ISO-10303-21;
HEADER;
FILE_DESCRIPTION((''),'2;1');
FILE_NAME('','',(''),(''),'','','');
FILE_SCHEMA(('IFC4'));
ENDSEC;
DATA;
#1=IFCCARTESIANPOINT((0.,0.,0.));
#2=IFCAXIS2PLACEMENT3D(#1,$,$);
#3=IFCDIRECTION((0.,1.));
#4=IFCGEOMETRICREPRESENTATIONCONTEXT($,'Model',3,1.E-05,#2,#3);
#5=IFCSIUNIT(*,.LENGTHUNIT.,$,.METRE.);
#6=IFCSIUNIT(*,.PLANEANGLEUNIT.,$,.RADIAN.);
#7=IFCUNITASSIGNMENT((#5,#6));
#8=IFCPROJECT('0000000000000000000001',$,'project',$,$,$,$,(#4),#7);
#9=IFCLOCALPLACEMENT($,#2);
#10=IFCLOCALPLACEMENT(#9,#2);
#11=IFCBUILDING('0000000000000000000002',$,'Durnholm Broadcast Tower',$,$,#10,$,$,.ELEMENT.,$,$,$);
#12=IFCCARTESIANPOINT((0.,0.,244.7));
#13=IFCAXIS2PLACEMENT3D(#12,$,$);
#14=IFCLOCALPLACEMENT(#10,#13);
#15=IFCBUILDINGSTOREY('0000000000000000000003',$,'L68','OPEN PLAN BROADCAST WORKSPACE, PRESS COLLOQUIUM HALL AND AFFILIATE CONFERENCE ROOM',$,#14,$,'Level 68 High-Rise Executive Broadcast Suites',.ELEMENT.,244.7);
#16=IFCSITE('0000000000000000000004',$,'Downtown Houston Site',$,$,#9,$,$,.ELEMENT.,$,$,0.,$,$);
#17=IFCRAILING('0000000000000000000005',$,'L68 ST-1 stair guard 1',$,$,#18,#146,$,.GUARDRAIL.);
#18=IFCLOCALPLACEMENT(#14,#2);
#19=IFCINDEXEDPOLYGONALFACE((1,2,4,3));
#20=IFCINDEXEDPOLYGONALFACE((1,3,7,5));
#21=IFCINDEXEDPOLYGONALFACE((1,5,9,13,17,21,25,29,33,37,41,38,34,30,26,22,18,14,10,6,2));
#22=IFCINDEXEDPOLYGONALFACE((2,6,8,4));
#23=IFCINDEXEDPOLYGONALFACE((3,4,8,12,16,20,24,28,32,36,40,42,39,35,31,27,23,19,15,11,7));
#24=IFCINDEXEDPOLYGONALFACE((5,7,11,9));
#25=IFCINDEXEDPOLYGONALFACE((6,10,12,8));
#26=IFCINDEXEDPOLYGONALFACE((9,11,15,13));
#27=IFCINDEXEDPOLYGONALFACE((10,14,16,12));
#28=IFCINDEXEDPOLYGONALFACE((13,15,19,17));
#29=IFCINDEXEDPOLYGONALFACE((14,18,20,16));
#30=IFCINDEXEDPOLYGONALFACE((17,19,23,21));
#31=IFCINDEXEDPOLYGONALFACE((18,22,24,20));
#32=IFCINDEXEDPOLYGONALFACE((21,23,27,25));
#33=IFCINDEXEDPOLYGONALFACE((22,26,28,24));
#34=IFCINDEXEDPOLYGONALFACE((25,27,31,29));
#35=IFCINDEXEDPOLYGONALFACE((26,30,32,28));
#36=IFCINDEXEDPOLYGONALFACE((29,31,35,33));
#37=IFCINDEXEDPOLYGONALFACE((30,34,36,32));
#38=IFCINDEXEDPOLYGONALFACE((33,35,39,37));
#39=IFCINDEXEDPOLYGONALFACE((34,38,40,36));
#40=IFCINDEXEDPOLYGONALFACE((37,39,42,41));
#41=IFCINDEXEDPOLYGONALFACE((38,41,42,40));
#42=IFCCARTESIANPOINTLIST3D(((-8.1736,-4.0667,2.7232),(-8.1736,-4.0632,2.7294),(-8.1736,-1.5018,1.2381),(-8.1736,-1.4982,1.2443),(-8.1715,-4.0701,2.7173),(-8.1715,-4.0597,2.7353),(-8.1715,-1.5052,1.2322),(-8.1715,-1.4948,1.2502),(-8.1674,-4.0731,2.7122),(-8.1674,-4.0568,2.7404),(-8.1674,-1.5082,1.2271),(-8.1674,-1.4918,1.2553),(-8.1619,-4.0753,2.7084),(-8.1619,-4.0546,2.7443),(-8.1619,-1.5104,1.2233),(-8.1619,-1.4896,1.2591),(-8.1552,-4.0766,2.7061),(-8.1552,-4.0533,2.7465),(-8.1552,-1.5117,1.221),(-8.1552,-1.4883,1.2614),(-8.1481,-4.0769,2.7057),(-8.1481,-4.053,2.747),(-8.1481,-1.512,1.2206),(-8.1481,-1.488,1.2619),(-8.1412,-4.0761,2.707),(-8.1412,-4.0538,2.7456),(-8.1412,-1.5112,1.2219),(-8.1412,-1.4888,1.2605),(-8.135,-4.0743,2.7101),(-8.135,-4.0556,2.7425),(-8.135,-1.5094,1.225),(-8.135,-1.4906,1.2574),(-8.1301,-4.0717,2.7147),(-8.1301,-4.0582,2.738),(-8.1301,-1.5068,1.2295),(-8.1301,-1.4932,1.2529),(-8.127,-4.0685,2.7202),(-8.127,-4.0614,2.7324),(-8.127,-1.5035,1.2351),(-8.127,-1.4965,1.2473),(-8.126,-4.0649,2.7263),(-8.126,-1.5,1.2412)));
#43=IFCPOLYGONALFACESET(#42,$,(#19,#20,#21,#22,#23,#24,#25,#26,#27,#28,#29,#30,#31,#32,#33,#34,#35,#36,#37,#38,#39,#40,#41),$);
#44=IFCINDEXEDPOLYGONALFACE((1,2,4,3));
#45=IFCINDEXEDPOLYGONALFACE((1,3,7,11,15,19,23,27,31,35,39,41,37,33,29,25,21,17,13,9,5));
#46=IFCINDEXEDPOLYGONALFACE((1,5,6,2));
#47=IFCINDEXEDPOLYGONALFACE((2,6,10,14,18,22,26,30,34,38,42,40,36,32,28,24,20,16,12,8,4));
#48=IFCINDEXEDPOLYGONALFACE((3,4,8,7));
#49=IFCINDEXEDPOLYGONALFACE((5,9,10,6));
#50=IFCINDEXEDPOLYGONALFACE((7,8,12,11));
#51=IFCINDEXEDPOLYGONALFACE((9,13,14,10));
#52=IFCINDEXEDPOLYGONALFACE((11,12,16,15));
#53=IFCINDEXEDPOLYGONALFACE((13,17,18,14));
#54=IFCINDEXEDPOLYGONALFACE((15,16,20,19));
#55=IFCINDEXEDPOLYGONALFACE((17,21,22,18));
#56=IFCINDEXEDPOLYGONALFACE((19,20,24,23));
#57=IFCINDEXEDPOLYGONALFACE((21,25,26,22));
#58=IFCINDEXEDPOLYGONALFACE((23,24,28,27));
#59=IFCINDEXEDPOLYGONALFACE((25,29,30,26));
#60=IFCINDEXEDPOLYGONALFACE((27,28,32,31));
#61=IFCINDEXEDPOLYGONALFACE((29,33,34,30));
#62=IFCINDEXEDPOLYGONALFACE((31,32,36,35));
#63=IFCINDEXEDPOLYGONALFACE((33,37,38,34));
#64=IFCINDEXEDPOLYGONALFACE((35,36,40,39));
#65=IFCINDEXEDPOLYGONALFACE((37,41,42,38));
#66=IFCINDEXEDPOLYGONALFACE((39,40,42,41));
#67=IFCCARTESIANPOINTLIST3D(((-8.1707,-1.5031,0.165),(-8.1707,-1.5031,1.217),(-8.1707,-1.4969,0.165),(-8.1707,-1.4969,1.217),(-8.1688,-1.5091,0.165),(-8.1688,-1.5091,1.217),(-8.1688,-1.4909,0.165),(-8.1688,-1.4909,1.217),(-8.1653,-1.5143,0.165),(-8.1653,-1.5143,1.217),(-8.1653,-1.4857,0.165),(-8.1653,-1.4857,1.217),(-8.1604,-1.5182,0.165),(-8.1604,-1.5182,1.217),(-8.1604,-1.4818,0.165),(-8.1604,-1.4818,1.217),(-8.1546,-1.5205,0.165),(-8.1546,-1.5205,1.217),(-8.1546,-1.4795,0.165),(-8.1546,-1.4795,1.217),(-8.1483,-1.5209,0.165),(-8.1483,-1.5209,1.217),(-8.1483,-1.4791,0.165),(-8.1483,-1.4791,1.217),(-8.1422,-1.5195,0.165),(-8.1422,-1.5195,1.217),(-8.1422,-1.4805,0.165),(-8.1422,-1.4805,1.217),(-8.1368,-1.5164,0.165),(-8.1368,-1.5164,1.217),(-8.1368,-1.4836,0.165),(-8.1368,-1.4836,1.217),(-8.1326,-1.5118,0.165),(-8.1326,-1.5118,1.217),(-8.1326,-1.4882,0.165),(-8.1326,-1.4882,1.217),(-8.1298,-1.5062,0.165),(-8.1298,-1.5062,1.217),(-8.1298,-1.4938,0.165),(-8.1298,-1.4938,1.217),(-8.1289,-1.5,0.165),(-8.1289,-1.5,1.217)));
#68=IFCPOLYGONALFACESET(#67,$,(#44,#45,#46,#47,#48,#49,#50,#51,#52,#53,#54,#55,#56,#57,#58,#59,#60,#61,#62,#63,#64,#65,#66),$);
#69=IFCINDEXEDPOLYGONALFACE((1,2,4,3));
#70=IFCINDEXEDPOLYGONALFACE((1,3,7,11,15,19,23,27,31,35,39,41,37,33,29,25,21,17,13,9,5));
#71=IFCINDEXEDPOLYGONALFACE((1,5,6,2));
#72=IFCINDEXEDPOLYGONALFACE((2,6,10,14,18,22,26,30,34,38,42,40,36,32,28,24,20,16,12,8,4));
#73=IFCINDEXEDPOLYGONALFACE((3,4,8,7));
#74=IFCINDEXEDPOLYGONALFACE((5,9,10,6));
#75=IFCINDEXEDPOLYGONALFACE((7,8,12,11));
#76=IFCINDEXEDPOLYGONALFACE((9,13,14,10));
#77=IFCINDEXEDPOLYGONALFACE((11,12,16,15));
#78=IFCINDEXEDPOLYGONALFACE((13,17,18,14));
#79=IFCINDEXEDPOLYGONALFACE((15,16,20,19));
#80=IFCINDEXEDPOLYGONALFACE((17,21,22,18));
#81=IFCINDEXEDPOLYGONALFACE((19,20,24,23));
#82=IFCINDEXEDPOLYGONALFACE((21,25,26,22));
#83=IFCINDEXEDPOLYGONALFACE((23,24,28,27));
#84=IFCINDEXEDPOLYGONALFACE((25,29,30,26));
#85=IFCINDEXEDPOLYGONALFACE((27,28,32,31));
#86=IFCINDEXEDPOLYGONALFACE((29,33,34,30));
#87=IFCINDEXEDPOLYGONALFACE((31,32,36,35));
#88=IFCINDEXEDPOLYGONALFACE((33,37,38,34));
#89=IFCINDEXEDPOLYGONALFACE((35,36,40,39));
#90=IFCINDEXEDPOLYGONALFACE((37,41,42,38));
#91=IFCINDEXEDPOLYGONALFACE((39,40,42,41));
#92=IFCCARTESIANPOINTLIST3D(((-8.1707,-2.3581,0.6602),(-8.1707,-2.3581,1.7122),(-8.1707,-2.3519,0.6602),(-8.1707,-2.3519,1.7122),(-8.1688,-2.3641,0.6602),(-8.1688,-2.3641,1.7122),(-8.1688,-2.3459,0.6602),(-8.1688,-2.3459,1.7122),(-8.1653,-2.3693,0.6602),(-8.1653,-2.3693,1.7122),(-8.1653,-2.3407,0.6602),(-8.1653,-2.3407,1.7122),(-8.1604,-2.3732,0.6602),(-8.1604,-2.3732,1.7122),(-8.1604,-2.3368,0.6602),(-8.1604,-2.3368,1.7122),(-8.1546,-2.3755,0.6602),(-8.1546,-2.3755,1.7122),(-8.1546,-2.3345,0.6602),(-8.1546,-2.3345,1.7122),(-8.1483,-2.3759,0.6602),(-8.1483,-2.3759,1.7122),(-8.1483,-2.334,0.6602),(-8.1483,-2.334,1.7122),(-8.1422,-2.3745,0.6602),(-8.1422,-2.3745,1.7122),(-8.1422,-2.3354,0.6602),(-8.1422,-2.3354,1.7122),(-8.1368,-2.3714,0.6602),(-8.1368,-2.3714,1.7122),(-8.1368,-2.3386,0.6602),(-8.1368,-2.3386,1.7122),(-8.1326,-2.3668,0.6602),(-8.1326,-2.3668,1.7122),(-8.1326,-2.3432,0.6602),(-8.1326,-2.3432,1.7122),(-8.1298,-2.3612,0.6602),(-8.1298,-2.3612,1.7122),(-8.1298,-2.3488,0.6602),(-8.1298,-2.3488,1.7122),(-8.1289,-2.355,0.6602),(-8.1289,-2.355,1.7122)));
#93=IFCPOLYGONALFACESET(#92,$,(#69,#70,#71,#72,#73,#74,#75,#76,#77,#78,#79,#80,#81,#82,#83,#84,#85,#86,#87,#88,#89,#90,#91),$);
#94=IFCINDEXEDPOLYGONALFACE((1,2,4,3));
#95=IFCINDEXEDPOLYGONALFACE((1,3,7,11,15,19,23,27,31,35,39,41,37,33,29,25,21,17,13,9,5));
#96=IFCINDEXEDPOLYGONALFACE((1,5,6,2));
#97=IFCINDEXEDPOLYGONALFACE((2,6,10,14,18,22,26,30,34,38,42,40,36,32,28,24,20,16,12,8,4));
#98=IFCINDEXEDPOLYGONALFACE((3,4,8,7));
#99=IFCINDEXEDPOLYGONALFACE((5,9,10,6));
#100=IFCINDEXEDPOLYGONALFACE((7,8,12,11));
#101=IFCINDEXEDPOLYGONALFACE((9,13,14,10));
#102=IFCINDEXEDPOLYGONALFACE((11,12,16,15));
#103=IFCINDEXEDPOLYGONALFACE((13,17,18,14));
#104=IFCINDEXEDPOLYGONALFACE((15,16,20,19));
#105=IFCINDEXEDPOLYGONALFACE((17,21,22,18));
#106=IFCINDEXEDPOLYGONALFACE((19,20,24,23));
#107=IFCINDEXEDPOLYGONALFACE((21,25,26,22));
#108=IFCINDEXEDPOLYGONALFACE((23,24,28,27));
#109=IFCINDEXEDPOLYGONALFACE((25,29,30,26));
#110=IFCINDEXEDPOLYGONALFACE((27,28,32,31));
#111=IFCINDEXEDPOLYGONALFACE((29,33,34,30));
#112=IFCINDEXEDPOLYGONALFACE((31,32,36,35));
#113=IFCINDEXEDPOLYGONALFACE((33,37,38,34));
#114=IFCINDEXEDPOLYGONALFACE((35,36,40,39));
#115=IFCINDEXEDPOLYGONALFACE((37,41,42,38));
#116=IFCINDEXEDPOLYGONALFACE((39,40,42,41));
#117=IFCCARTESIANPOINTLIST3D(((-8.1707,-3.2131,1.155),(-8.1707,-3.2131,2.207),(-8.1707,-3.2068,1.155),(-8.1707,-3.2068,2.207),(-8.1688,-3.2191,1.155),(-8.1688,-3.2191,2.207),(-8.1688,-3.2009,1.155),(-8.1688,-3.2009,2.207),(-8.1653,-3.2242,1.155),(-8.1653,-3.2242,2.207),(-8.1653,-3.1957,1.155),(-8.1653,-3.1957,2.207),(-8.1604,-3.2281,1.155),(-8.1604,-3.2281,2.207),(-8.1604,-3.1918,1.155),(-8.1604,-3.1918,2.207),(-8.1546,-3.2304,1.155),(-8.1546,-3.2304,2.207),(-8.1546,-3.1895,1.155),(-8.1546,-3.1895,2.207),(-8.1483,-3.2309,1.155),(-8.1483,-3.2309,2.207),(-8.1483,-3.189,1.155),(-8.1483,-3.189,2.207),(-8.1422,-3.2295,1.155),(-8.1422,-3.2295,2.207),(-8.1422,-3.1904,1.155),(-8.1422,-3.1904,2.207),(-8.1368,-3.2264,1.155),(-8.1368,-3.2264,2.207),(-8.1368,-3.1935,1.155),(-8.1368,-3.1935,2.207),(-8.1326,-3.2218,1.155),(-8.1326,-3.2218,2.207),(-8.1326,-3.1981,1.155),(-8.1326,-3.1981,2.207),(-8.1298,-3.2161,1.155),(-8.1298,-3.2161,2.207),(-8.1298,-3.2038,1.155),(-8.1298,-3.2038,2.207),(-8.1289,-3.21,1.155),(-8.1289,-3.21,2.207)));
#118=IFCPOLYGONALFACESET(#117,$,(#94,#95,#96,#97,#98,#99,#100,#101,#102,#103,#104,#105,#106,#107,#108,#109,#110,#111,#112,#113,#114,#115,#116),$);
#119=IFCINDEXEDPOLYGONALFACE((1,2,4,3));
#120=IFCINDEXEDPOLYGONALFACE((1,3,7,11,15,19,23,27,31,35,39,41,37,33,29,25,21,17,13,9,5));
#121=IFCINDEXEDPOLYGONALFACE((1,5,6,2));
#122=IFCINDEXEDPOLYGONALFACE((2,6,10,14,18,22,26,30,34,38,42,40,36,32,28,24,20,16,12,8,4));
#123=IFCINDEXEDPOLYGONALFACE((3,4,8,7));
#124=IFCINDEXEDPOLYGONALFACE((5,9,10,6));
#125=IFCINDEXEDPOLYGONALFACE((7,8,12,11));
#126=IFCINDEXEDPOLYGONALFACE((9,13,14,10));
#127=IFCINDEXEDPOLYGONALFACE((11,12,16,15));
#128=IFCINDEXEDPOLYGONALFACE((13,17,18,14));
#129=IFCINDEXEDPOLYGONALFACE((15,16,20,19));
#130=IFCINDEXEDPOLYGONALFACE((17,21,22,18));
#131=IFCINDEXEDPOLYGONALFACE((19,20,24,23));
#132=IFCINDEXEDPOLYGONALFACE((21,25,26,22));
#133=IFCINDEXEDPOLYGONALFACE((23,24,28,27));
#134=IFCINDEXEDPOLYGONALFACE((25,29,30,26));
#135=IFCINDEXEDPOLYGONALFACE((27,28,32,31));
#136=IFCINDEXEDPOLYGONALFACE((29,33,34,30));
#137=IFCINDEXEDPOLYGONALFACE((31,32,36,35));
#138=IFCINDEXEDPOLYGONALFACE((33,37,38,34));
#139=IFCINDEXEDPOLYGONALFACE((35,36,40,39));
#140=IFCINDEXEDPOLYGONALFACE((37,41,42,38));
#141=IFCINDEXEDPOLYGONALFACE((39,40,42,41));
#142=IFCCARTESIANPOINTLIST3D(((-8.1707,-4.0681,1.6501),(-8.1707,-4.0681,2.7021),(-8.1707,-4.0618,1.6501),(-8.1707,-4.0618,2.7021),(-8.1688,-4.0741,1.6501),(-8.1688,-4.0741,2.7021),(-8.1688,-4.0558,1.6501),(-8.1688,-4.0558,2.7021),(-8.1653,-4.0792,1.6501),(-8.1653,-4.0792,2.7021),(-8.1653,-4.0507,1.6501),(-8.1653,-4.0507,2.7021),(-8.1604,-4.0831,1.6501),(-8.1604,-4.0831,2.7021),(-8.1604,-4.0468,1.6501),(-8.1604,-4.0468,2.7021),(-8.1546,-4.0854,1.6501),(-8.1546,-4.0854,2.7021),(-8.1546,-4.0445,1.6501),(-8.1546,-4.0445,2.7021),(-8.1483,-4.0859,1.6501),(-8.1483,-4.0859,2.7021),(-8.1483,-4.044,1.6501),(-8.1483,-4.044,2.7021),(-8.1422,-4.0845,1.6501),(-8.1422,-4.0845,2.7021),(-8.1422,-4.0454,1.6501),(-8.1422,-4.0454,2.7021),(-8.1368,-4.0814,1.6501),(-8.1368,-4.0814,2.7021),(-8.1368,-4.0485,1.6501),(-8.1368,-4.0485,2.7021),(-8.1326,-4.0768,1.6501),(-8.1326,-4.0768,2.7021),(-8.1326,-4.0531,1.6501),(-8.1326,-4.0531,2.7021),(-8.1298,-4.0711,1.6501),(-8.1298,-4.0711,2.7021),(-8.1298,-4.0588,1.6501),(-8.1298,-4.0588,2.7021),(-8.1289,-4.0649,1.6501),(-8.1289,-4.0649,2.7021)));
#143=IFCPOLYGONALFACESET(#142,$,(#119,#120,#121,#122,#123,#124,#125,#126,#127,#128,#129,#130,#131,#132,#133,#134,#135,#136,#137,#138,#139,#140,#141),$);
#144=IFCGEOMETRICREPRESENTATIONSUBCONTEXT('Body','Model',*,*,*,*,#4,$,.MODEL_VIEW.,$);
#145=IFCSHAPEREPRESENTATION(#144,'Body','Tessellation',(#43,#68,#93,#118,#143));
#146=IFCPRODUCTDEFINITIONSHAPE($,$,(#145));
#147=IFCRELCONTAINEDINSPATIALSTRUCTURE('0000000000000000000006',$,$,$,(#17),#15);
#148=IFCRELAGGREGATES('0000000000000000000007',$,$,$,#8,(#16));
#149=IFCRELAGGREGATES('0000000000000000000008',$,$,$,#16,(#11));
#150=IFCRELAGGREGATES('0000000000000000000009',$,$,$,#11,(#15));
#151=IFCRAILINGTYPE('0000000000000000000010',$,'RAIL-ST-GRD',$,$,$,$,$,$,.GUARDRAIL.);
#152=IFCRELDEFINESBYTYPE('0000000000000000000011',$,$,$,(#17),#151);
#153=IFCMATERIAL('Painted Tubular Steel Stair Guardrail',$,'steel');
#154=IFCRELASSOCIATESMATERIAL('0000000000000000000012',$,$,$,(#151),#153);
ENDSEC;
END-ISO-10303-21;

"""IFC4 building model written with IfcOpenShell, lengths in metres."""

from ifc_helpers import new_model, si_unit, direction, frame, origin, origin_2d, place, context, subcontext, project, spatial, circle, extrude, material, type_object, element, save


model = new_model("IFC4")

# Units and contexts
model_context = context("Model", 3, precision=1e-05, world=origin(), true_north=direction((0.0, 1.0)))
body_context = subcontext(model_context, "Body", "Model", "MODEL_VIEW")
ifc_project = project(units=[si_unit("LENGTHUNIT", "METRE"), si_unit("PLANEANGLEUNIT", "RADIAN")], contexts=[model_context])

# Site, building, storey
site_placement = place(None, origin())
site = spatial("IfcSite", under=ifc_project, at=site_placement, Name="Downtown Houston Site", CompositionType="ELEMENT", RefElevation=0.0)
building_placement = place(site_placement, origin())
building = spatial("IfcBuilding", under=site, at=building_placement, Name="Durnholm Broadcast Tower", CompositionType="ELEMENT")
storey_placement = place(building_placement, frame((0.0, 0.0, 244.7)))
storey = spatial("IfcBuildingStorey", under=building, at=storey_placement, Name="L68", Description="OPEN PLAN BROADCAST WORKSPACE, PRESS COLLOQUIUM HALL AND AFFILIATE CONFERENCE ROOM", LongName="Level 68 High-Rise Executive Broadcast Suites", CompositionType="ELEMENT", Elevation=244.7)

# Railing
ifc_material_1 = material(Name="Painted Tubular Steel Stair Guardrail", Category="steel")
railing_type_1 = type_object("IfcRailingType", Name="RAIL-ST-GRD", PredefinedType="GUARDRAIL", material=ifc_material_1)
railing_1_placement = place(storey_placement, frame((-8.1499, -1.5, 0.165)))
element("IfcRailing", 1, at=railing_1_placement, inside=storey, type_object=railing_type_1, Name="L68 ST-1 stair guard 1", PredefinedType="GUARDRAIL", context=body_context, shape_type="SweptSolid", body=[
    extrude(circle(Radius=0.0239, at=origin_2d()), frame((0.0, 0.0, 1.0762), z_axis=(0.0, -0.865406, 0.501072), x_axis=(1.0, 0.0, 0.0)), (0.0, 0.0, 1.0), 2.9639),
    extrude(circle(Radius=0.021, at=origin_2d()), origin(), (0.0, 0.0, 1.0), 1.052),
    extrude(circle(Radius=0.021, at=origin_2d()), frame((0.0, -0.855, 0.4951)), (0.0, 0.0, 1.0), 1.052),
    extrude(circle(Radius=0.021, at=origin_2d()), frame((0.0, -1.71, 0.99)), (0.0, 0.0, 1.0), 1.052),
    extrude(circle(Radius=0.021, at=origin_2d()), frame((0.0, -2.5649, 1.4851)), (0.0, 0.0, 1.0), 1.052),
])

save(model, "model.ifc")
